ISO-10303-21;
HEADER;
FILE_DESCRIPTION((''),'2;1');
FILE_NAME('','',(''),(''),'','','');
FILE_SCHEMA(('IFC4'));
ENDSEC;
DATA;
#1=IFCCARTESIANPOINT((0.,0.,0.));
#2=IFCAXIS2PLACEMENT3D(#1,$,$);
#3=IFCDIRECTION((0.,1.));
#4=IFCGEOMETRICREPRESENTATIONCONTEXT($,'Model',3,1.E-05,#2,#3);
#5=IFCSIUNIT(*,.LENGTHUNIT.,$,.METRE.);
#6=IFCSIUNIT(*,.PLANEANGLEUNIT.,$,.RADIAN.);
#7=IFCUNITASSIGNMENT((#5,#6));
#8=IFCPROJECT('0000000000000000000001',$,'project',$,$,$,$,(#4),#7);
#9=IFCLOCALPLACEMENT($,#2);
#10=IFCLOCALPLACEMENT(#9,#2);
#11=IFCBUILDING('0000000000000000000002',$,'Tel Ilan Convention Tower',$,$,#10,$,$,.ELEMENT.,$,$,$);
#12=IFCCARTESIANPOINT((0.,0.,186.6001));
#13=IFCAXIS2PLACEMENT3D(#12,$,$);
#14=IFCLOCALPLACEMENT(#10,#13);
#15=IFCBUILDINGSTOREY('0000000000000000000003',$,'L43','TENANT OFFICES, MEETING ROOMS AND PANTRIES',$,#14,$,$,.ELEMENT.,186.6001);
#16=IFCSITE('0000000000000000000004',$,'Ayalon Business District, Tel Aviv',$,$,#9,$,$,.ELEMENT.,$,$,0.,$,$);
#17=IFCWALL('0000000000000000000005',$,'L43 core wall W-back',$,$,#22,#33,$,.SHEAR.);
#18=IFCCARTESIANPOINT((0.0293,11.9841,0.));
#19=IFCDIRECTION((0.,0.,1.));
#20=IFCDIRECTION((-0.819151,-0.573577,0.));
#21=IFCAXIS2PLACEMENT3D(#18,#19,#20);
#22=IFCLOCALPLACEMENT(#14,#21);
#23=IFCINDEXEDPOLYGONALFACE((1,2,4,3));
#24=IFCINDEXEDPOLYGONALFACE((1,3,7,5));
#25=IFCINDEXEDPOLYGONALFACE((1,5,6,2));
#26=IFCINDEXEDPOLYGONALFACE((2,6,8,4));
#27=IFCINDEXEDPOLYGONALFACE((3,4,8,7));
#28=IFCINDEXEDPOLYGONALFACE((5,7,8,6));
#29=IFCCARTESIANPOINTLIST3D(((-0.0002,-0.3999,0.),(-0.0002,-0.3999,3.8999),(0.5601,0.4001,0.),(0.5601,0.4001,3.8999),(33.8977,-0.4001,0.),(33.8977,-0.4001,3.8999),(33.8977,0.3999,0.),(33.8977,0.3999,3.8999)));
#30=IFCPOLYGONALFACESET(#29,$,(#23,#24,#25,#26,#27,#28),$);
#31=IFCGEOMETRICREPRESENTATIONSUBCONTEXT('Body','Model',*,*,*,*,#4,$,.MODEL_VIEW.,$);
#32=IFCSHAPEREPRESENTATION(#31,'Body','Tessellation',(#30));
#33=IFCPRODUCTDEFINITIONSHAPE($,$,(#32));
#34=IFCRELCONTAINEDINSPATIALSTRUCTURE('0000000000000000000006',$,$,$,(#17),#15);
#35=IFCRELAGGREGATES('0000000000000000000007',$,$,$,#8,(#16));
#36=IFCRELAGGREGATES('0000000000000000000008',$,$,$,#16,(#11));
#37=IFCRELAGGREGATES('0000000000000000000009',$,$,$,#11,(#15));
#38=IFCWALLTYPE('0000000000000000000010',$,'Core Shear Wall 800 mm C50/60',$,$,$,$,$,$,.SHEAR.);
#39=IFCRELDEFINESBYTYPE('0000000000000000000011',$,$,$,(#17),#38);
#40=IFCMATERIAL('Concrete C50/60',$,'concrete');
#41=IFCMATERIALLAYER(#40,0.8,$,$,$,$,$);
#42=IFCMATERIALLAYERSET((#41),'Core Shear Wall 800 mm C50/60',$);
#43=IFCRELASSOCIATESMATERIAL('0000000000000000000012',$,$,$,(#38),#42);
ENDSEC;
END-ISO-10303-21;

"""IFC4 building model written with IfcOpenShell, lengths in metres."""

from ifc_helpers import new_model, si_unit, direction, frame, origin, place, context, subcontext, project, spatial, polyline, outline, extrude, material, layer, layer_set, type_object, element, save


model = new_model("IFC4")

# Units and contexts
model_context = context("Model", 3, precision=1e-05, world=origin(), true_north=direction((0.0, 1.0)))
body_context = subcontext(model_context, "Body", "Model", "MODEL_VIEW")
ifc_project = project(units=[si_unit("LENGTHUNIT", "METRE"), si_unit("PLANEANGLEUNIT", "RADIAN")], contexts=[model_context])

# Site, building, storey
site_placement = place(None, origin())
site = spatial("IfcSite", under=ifc_project, at=site_placement, Name="Ayalon Business District, Tel Aviv", CompositionType="ELEMENT", RefElevation=0.0)
building_placement = place(site_placement, origin())
building = spatial("IfcBuilding", under=site, at=building_placement, Name="Tel Ilan Convention Tower", CompositionType="ELEMENT")
storey_placement = place(building_placement, frame((0.0, 0.0, 186.6001)))
storey = spatial("IfcBuildingStorey", under=building, at=storey_placement, Name="L43", Description="TENANT OFFICES, MEETING ROOMS AND PANTRIES", CompositionType="ELEMENT", Elevation=186.6001)

# Wall
ifc_material_1 = material(Name="Concrete C50/60", Category="concrete")
ifc_layer_1 = layer(ifc_material_1, 0.8)
ifc_layer_set_1 = layer_set([ifc_layer_1], Name="Core Shear Wall 800 mm C50/60")
wall_type_1 = type_object("IfcWallType", Name="Core Shear Wall 800 mm C50/60", PredefinedType="SHEAR", material=ifc_layer_set_1)
wall_1_placement = place(storey_placement, frame((0.0293, 11.9841, 0.0), z_axis=(0.0, 0.0, 1.0), x_axis=(-0.819151, -0.573577, 0.0)))
element("IfcWall", 1, at=wall_1_placement, inside=storey, type_object=wall_type_1, Name="L43 core wall W-back", PredefinedType="SHEAR", context=body_context, shape_type="SweptSolid", body=[
    extrude(outline(polyline([(33.8977, 0.3999), (0.5601, 0.4001), (-0.0002, -0.3999), (33.8977, -0.4001), (33.8977, 0.3999)])), origin(), (0.0, 0.0, 1.0), 3.8999),
])

save(model, "model.ifc")
